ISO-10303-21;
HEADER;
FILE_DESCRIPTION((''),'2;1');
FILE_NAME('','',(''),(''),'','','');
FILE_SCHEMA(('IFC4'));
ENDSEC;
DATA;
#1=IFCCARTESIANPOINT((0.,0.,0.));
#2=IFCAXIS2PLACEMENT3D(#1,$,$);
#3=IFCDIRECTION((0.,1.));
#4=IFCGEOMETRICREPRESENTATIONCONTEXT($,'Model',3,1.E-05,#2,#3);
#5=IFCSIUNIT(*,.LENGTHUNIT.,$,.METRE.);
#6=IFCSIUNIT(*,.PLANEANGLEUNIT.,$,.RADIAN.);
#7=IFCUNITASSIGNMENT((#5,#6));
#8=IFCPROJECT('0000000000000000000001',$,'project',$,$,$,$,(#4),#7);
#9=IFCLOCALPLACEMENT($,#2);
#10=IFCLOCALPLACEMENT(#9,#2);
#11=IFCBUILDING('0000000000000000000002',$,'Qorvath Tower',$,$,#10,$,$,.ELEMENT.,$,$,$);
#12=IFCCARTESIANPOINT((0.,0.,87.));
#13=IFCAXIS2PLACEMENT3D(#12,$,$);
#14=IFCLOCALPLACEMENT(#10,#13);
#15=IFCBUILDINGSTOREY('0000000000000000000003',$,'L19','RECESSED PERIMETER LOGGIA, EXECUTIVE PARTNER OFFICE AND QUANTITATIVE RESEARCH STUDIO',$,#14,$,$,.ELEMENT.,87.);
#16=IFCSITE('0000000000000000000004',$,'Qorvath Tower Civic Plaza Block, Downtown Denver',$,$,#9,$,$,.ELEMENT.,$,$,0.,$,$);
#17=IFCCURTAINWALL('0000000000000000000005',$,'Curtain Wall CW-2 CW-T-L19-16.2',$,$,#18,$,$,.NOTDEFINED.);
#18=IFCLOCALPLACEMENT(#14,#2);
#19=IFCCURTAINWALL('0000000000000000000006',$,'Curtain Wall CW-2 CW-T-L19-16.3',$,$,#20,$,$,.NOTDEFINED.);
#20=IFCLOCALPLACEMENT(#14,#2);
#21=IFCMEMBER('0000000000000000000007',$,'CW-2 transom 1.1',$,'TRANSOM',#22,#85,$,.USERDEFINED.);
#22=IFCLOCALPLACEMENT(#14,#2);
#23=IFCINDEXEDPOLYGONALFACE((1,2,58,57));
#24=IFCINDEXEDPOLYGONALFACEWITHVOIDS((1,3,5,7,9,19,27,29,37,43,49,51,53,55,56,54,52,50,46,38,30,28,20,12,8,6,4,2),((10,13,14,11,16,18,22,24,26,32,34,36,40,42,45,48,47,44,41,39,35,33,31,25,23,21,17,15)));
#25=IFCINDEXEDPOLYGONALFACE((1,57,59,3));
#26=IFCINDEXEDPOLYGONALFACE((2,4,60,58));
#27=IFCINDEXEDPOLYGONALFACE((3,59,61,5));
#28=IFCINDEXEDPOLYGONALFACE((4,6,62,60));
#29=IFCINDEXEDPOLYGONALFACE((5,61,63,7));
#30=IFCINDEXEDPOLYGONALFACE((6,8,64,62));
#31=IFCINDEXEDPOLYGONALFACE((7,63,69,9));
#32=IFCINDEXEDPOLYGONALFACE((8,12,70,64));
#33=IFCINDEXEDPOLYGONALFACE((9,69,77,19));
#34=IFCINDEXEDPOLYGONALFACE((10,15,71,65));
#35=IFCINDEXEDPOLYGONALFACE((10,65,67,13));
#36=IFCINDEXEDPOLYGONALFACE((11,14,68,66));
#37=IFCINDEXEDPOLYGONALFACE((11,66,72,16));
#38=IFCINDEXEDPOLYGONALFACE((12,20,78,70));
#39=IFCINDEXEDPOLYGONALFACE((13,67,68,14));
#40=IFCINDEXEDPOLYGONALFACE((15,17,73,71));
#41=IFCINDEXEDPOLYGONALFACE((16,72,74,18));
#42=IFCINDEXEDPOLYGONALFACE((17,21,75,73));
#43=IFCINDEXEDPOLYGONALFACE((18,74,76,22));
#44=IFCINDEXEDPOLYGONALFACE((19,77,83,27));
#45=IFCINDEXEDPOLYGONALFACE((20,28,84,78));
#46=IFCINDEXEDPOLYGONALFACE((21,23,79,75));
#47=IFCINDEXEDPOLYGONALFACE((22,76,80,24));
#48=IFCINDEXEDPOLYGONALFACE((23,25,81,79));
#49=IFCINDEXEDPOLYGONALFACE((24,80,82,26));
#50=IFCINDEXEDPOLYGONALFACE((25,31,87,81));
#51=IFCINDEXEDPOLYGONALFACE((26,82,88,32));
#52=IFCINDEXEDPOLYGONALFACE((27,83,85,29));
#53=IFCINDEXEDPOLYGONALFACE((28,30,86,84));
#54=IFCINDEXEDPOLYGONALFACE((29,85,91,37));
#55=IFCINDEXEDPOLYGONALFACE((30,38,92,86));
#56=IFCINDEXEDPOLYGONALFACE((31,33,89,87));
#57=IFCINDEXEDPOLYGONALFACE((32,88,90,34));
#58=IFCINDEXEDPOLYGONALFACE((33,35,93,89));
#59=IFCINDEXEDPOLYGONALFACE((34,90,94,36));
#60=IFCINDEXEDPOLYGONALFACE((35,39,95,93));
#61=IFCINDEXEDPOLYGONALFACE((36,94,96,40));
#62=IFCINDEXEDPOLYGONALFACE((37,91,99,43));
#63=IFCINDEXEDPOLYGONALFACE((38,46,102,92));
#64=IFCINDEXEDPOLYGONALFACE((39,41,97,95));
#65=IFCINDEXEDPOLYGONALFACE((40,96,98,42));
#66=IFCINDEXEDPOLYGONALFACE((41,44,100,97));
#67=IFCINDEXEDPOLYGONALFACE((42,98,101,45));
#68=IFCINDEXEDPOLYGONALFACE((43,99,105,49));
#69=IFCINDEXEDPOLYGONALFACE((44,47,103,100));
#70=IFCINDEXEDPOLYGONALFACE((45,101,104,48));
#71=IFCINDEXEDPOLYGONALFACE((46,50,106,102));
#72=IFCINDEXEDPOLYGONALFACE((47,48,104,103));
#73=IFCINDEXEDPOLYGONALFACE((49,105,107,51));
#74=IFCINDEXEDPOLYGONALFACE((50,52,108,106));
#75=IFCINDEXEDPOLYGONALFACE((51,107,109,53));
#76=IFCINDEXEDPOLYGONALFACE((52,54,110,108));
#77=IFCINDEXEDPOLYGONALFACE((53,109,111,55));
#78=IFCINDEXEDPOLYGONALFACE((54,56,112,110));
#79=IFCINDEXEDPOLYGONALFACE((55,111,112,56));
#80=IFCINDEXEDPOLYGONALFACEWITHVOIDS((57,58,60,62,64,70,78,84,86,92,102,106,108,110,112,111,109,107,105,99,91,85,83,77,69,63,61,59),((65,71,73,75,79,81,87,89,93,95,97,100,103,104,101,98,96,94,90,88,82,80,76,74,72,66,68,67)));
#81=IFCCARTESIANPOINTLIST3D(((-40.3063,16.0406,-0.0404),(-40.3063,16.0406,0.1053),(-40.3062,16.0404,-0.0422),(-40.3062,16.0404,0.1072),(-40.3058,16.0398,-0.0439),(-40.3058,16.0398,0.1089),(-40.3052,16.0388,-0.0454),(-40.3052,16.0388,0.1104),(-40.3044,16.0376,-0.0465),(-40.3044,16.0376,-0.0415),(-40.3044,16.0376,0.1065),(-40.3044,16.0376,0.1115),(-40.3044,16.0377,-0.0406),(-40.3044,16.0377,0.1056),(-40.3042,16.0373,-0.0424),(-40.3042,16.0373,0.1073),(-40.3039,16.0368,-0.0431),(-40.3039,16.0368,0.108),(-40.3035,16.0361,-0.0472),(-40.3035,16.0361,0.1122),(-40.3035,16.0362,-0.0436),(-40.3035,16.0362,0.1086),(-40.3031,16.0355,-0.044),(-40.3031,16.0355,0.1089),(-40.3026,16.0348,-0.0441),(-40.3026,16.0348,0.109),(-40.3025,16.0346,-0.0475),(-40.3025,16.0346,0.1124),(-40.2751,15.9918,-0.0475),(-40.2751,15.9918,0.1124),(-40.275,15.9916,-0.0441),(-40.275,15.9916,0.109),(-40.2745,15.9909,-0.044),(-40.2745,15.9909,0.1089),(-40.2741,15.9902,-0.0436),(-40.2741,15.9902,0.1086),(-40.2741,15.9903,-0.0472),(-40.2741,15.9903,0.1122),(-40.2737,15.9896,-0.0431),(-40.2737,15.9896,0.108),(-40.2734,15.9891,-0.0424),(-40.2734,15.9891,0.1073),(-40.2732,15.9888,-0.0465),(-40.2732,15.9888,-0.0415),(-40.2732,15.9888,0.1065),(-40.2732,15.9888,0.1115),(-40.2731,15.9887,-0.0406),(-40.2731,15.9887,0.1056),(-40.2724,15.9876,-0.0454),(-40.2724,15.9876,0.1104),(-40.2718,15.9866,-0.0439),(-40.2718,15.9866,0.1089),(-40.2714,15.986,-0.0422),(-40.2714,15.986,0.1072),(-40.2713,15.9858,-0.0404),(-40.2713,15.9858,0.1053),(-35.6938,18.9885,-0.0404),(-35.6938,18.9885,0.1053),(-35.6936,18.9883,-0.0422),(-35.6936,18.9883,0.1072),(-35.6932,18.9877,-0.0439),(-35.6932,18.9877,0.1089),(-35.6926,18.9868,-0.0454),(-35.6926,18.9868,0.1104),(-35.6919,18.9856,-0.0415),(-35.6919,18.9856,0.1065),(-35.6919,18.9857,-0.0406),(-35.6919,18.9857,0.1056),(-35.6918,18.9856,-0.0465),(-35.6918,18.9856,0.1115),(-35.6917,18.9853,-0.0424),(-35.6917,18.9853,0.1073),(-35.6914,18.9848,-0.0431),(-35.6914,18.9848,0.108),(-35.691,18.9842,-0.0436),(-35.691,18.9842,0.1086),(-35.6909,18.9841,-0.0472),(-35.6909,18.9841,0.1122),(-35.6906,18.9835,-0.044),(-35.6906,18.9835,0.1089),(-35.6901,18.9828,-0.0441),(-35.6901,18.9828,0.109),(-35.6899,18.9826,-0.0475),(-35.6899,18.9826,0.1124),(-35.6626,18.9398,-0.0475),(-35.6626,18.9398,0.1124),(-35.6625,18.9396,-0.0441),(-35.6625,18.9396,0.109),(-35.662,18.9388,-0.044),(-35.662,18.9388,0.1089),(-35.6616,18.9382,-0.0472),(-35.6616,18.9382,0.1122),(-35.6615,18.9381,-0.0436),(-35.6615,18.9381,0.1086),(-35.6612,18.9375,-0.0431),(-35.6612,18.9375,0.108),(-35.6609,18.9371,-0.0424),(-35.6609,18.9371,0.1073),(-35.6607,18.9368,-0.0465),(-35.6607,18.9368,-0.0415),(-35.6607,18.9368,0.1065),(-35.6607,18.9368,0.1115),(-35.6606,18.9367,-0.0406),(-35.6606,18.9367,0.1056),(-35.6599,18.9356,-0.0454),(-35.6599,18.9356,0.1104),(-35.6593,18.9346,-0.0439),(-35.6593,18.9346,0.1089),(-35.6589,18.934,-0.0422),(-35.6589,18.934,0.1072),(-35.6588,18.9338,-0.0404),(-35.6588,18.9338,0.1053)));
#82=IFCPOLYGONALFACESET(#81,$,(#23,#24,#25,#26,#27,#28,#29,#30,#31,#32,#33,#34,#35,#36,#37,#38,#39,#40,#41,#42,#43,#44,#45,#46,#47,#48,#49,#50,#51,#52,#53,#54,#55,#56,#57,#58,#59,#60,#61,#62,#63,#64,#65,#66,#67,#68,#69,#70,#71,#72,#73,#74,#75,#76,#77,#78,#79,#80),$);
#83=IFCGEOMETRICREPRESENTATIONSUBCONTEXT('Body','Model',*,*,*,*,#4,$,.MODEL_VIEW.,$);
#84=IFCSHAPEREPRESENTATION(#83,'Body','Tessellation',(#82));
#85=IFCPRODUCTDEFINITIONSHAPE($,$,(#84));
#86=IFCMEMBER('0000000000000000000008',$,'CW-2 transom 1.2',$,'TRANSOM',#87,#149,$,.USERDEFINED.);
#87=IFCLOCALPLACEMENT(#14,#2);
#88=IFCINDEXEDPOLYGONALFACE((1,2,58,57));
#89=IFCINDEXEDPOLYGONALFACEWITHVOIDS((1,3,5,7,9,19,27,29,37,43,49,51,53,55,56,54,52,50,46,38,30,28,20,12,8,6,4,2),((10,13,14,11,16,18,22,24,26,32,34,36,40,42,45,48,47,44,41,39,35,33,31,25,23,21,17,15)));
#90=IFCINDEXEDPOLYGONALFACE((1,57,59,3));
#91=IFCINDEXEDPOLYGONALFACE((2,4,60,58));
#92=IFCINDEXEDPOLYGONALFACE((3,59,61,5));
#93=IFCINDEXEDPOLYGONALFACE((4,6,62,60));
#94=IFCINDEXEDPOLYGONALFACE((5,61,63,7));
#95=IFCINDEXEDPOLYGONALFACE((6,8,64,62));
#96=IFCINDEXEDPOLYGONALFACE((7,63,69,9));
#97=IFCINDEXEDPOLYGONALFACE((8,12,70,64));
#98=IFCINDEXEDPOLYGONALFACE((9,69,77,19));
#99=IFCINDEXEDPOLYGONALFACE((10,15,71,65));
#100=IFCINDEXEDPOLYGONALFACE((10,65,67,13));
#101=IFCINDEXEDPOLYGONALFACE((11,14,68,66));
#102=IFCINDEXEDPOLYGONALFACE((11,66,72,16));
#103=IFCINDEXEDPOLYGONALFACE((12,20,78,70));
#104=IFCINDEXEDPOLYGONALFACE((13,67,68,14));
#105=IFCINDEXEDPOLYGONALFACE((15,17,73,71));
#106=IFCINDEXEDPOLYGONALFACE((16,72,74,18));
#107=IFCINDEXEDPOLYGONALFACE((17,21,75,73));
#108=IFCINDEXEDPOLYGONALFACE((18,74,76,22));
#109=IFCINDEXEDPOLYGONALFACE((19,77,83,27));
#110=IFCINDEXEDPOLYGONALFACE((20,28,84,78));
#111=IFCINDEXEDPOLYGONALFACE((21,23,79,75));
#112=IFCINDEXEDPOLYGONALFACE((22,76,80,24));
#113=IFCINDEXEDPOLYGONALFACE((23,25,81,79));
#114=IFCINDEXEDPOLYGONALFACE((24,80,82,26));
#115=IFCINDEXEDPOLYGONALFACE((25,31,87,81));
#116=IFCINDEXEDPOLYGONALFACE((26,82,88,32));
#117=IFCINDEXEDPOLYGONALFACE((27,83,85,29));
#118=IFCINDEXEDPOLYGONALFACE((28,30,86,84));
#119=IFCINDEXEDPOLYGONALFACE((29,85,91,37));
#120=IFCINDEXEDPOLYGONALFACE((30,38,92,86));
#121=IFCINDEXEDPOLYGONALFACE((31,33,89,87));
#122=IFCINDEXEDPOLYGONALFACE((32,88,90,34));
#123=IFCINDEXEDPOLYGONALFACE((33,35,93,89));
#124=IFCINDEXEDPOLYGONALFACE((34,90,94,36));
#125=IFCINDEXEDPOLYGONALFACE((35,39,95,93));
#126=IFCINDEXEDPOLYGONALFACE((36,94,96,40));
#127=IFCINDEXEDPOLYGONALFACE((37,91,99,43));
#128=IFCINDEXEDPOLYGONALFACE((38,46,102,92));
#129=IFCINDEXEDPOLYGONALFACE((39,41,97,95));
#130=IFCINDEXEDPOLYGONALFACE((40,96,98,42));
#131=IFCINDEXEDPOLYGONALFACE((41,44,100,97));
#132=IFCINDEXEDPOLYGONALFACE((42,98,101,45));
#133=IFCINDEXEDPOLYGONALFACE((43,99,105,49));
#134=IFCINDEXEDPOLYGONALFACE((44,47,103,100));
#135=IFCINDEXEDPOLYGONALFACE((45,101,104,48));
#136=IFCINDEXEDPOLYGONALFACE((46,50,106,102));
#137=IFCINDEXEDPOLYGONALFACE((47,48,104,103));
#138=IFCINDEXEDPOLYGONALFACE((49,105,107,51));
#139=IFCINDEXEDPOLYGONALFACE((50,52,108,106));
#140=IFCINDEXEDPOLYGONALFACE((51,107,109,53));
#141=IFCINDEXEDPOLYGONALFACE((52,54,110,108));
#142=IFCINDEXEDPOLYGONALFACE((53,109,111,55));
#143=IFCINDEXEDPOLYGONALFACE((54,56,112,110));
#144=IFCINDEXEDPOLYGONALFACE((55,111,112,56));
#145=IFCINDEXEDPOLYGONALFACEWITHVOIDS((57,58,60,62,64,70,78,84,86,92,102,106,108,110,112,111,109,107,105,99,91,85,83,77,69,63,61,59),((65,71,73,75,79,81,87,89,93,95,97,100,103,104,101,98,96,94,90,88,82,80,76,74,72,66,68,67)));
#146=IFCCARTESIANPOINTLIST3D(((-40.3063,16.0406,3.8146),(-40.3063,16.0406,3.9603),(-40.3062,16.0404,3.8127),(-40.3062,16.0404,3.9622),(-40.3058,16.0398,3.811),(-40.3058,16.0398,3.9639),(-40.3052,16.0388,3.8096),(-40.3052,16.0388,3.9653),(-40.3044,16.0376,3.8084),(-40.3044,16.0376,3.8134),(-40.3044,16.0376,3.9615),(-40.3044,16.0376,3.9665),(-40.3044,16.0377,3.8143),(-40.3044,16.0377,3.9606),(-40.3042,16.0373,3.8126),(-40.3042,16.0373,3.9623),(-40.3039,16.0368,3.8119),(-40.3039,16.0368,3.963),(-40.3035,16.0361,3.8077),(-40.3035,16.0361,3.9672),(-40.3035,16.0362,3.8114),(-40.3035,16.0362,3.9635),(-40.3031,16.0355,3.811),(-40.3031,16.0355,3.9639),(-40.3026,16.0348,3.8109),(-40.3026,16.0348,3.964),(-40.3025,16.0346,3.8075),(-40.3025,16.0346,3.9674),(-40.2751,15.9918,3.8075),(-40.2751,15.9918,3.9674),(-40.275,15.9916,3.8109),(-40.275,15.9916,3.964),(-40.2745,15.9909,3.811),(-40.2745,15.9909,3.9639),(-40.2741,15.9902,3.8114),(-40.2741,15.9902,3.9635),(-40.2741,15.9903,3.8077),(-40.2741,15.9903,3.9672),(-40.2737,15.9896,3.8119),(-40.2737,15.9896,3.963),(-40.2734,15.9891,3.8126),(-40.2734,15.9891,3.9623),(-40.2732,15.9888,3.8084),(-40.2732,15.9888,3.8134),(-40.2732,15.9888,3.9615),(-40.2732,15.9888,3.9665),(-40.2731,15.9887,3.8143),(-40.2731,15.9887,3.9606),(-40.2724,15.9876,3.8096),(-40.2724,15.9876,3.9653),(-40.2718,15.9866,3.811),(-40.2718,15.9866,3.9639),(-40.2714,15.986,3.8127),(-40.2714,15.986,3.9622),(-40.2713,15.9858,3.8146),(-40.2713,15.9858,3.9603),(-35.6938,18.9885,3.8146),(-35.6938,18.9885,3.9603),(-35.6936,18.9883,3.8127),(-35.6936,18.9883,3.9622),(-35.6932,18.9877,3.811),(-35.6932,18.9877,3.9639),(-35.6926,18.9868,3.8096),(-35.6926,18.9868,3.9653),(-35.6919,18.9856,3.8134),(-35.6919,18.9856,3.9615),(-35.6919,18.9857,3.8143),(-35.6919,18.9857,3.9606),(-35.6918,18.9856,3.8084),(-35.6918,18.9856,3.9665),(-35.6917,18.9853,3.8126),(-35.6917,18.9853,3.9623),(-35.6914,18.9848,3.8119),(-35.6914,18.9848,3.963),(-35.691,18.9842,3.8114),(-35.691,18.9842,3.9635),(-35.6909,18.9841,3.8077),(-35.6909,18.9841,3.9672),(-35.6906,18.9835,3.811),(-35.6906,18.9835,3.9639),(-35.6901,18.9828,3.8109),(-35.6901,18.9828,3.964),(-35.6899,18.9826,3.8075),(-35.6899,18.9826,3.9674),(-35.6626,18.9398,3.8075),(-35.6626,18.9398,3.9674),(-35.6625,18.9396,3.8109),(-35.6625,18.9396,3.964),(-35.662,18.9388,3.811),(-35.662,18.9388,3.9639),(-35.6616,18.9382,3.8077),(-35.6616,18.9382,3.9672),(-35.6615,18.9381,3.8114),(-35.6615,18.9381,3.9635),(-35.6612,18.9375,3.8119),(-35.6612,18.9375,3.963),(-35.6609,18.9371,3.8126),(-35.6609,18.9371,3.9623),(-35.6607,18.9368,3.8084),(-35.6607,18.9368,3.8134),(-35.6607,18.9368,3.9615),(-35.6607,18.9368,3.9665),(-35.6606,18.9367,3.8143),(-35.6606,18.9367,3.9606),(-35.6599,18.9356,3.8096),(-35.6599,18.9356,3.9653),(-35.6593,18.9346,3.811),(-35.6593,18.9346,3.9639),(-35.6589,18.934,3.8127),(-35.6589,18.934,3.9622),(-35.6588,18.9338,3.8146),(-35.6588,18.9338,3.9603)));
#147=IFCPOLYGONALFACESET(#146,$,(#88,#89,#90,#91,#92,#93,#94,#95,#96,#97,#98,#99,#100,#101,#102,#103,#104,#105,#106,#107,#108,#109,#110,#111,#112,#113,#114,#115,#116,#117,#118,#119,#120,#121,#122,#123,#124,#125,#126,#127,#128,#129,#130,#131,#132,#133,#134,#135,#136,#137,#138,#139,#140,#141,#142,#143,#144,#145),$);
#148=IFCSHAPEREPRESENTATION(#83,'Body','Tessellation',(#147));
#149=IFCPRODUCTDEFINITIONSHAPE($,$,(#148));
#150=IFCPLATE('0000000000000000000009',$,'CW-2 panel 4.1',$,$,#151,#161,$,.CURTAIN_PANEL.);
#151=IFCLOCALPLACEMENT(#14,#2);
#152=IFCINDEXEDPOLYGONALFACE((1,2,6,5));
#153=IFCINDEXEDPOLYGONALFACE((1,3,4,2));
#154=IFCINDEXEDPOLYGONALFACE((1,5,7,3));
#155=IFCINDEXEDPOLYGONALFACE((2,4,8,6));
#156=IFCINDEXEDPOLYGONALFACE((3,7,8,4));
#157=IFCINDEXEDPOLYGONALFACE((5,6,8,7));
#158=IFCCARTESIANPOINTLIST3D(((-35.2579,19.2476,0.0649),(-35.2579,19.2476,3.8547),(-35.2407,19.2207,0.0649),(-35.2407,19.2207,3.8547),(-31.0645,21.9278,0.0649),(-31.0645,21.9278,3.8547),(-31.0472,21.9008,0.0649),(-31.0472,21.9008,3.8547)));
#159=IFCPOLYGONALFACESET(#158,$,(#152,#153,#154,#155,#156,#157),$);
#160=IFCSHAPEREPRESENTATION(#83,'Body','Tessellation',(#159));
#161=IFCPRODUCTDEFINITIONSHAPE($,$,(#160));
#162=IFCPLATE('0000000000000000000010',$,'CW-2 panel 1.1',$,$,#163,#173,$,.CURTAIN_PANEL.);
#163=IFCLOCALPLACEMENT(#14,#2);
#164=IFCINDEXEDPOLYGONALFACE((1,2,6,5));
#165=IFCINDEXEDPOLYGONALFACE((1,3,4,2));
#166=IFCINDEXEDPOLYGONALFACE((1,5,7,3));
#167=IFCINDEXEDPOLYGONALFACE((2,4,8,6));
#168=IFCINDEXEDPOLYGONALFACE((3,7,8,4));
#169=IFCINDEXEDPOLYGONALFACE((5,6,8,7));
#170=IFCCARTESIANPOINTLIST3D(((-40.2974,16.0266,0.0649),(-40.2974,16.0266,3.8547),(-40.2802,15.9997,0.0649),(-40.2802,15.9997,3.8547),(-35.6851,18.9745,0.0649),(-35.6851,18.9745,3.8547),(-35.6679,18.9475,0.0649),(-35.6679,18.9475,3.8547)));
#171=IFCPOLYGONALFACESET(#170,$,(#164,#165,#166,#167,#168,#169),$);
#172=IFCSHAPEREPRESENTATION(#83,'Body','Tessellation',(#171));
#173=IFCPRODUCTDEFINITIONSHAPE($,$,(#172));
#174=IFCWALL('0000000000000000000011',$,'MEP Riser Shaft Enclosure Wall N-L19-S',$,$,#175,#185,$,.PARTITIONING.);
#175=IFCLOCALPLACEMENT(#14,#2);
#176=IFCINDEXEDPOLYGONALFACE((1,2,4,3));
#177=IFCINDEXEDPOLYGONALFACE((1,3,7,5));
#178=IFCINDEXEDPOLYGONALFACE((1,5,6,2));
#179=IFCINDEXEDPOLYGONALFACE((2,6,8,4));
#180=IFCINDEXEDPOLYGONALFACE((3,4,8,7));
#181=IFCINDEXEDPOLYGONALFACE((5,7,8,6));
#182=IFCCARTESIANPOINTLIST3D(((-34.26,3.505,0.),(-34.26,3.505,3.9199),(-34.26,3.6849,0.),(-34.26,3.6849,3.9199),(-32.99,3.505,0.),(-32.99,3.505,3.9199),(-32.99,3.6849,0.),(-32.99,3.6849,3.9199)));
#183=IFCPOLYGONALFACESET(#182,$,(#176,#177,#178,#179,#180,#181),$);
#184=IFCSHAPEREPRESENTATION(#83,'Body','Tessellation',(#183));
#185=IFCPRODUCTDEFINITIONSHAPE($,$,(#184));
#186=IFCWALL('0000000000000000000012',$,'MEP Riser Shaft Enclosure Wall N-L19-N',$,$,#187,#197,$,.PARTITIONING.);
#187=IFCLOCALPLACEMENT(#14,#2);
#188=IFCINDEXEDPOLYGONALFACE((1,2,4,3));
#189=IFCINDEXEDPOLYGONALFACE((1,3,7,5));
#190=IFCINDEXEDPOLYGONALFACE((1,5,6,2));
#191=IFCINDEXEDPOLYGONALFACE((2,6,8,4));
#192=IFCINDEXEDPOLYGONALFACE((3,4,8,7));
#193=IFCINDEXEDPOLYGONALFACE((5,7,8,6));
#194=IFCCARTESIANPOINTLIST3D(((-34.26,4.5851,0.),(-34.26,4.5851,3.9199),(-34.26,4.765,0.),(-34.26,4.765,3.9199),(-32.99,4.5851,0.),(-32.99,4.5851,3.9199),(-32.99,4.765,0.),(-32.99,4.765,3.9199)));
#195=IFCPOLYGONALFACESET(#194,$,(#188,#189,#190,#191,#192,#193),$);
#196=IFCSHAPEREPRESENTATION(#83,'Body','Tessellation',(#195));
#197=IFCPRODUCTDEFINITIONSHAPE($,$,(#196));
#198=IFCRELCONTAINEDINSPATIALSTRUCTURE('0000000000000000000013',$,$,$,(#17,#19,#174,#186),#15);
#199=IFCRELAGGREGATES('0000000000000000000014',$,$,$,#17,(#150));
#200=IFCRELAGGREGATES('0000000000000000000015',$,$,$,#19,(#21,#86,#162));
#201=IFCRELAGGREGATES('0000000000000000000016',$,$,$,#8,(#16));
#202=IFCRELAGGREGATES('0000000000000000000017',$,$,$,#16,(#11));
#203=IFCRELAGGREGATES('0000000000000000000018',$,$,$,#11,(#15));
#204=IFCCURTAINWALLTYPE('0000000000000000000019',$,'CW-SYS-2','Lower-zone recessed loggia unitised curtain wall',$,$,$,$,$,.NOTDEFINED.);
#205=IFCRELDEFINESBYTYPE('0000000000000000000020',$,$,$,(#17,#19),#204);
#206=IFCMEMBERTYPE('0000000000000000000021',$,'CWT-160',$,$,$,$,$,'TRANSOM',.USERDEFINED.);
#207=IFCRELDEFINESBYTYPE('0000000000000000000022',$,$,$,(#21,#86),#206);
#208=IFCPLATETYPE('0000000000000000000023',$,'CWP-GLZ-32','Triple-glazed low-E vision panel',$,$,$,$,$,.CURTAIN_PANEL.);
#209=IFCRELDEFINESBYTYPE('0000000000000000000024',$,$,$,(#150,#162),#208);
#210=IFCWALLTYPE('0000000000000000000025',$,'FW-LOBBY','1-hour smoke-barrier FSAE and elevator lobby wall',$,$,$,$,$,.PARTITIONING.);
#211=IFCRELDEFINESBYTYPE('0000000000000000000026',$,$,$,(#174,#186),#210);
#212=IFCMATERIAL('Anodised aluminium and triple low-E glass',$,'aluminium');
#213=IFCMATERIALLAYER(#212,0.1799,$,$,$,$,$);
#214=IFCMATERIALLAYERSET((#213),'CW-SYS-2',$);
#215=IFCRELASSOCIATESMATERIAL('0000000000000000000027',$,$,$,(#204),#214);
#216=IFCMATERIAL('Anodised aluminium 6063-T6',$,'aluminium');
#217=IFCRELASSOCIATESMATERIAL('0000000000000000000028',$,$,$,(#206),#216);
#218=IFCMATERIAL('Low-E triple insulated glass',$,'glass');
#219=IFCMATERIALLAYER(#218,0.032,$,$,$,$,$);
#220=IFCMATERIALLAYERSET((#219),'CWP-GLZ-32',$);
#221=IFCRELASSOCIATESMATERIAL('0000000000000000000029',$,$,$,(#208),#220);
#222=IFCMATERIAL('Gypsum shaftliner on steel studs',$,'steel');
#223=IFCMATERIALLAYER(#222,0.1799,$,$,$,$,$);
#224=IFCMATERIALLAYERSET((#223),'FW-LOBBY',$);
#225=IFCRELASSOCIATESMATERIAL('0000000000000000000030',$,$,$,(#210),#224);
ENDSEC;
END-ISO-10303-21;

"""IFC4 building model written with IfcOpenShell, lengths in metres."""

from ifc_helpers import new_model, si_unit, direction, frame, frame_2d, origin, origin_2d, place, context, subcontext, project, spatial, rectangle, hollow_rectangle, extrude, material, layer, layer_set, material_profile, profile_set, type_object, element, aggregate, save


model = new_model("IFC4")

# Units and contexts
model_context = context("Model", 3, precision=1e-05, world=origin(), true_north=direction((0.0, 1.0)))
body_context = subcontext(model_context, "Body", "Model", "MODEL_VIEW")
ifc_project = project(units=[si_unit("LENGTHUNIT", "METRE"), si_unit("PLANEANGLEUNIT", "RADIAN")], contexts=[model_context])

# Site, building, storey
site_placement = place(None, origin())
site = spatial("IfcSite", under=ifc_project, at=site_placement, Name="Qorvath Tower Civic Plaza Block, Downtown Denver", CompositionType="ELEMENT", RefElevation=0.0)
building_placement = place(site_placement, origin())
building = spatial("IfcBuilding", under=site, at=building_placement, Name="Qorvath Tower", CompositionType="ELEMENT")
storey_placement = place(building_placement, frame((0.0, 0.0, 87.0)))
storey = spatial("IfcBuildingStorey", under=building, at=storey_placement, Name="L19", Description="RECESSED PERIMETER LOGGIA, EXECUTIVE PARTNER OFFICE AND QUANTITATIVE RESEARCH STUDIO", CompositionType="ELEMENT", Elevation=87.0)

# Curtain walls
ifc_material_1 = material(Name="Anodised aluminium and triple low-E glass", Category="aluminium")
ifc_layer_1 = layer(ifc_material_1, 0.1799)
ifc_layer_set_1 = layer_set([ifc_layer_1], Name="CW-SYS-2")
curtain_wall_type = type_object("IfcCurtainWallType", Name="CW-SYS-2", Description="Lower-zone recessed loggia unitised curtain wall", PredefinedType="NOTDEFINED", material=ifc_layer_set_1)
curtain_wall_1_placement = place(storey_placement, origin())
curtain_wall_1 = element("IfcCurtainWall", 1, at=curtain_wall_1_placement, inside=storey, type_object=curtain_wall_type, Name="Curtain Wall CW-2 CW-T-L19-16.2", PredefinedType="NOTDEFINED")
curtain_wall_2_placement = place(storey_placement, origin())
curtain_wall_2 = element("IfcCurtainWall", 2, at=curtain_wall_2_placement, inside=storey, type_object=curtain_wall_type, Name="Curtain Wall CW-2 CW-T-L19-16.3", PredefinedType="NOTDEFINED")

# Members
ifc_material_2 = material(Name="Anodised aluminium 6063-T6", Category="aluminium")
ifc_material_profile_1 = material_profile(ifc_material_2, hollow_rectangle(XDim=0.0649, YDim=0.1599, WallThickness=0.0034, InnerFilletRadius=0.0034, OuterFilletRadius=0.0071, at=origin_2d()), Name="CWT 160x65")
ifc_profile_set_1 = profile_set([ifc_material_profile_1], Name="Anodised aluminium 6063-T6")
member_type_1 = type_object("IfcMemberType", Name="CWT-160", ElementType="TRANSOM", PredefinedType="USERDEFINED", material=ifc_profile_set_1)
member_1_placement = place(storey_placement, frame((-35.6763, 18.9612, 0.0325), z_axis=(-0.842606, -0.538531, 0.0), x_axis=(0.538531, -0.842606, 0.0)))
member_1 = element("IfcMember", 3, at=member_1_placement, type_object=member_type_1, Name="CW-2 transom 1.1", ObjectType="TRANSOM", PredefinedType="USERDEFINED", context=body_context, shape_type="SweptSolid", body=[
    extrude(hollow_rectangle(XDim=0.0649, YDim=0.1599, WallThickness=0.0034, InnerFilletRadius=0.0034, OuterFilletRadius=0.0071, at=origin_2d()), origin(), (0.0, 0.0, 1.0), 5.4741),
])
member_2_placement = place(storey_placement, frame((-35.6763, 18.9612, 3.8875), z_axis=(-0.842606, -0.538531, 0.0), x_axis=(0.538531, -0.842606, 0.0)))
member_2 = element("IfcMember", 4, at=member_2_placement, type_object=member_type_1, Name="CW-2 transom 1.2", ObjectType="TRANSOM", PredefinedType="USERDEFINED", context=body_context, shape_type="SweptSolid", body=[
    extrude(hollow_rectangle(XDim=0.0649, YDim=0.1599, WallThickness=0.0034, InnerFilletRadius=0.0034, OuterFilletRadius=0.0071, at=origin_2d()), origin(), (0.0, 0.0, 1.0), 5.4741),
])

# Plates
ifc_material_3 = material(Name="Low-E triple insulated glass", Category="glass")
ifc_layer_2 = layer(ifc_material_3, 0.032)
ifc_layer_set_2 = layer_set([ifc_layer_2], Name="CWP-GLZ-32")
plate_type = type_object("IfcPlateType", Name="CWP-GLZ-32", Description="Triple-glazed low-E vision panel", PredefinedType="CURTAIN_PANEL", material=ifc_layer_set_2)
plate_1_placement = place(storey_placement, frame((-33.1526, 20.5742, 0.0649), z_axis=(0.0, 0.0, 1.0), x_axis=(-0.842606, -0.538531, 0.0)))
plate_1 = element("IfcPlate", 5, at=plate_1_placement, type_object=plate_type, Name="CW-2 panel 4.1", PredefinedType="CURTAIN_PANEL", context=body_context, shape_type="SweptSolid", body=[
    extrude(rectangle(XDim=4.9768, YDim=0.032, at=origin_2d()), origin(), (0.0, 0.0, 1.0), 3.7898),
])
aggregate(curtain_wall_1, [plate_1])
plate_2_placement = place(storey_placement, frame((-37.9827, 17.4871, 0.0649), z_axis=(0.0, 0.0, 1.0), x_axis=(-0.842608, -0.538528, 0.0)))
plate_2 = element("IfcPlate", 6, at=plate_2_placement, type_object=plate_type, Name="CW-2 panel 1.1", PredefinedType="CURTAIN_PANEL", context=body_context, shape_type="SweptSolid", body=[
    extrude(rectangle(XDim=5.4739, YDim=0.032, at=origin_2d()), origin(), (0.0, 0.0, 1.0), 3.7898),
])
aggregate(curtain_wall_2, [member_1, member_2, plate_2])

# Walls
ifc_material_4 = material(Name="Gypsum shaftliner on steel studs", Category="steel")
ifc_layer_3 = layer(ifc_material_4, 0.1799)
ifc_layer_set_3 = layer_set([ifc_layer_3], Name="FW-LOBBY")
wall_type_1 = type_object("IfcWallType", Name="FW-LOBBY", Description="1-hour smoke-barrier FSAE and elevator lobby wall", PredefinedType="PARTITIONING", material=ifc_layer_set_3)
for number, where, z_axis, x_axis, name in (
    (7, (-32.99, 3.595, 0.0), (0.0, 0.0, 1.0), (-1.0, 0.0, 0.0), "MEP Riser Shaft Enclosure Wall N-L19-S"),
    (8, (-34.26, 4.675, 0.0), (0.0, 0.0, 1.0), (1.0, 0.0, 0.0), "MEP Riser Shaft Enclosure Wall N-L19-N"),
):
    element("IfcWall", number, at=place(storey_placement, frame(where, z_axis=z_axis, x_axis=x_axis)), inside=storey, type_object=wall_type_1, Name=name, PredefinedType="PARTITIONING", context=body_context, shape_type="SweptSolid", body=[
        extrude(rectangle(XDim=1.27, YDim=0.1799, at=frame_2d((0.635, 0.0))), origin(), (0.0, 0.0, 1.0), 3.9199),
    ])

save(model, "model.ifc")
